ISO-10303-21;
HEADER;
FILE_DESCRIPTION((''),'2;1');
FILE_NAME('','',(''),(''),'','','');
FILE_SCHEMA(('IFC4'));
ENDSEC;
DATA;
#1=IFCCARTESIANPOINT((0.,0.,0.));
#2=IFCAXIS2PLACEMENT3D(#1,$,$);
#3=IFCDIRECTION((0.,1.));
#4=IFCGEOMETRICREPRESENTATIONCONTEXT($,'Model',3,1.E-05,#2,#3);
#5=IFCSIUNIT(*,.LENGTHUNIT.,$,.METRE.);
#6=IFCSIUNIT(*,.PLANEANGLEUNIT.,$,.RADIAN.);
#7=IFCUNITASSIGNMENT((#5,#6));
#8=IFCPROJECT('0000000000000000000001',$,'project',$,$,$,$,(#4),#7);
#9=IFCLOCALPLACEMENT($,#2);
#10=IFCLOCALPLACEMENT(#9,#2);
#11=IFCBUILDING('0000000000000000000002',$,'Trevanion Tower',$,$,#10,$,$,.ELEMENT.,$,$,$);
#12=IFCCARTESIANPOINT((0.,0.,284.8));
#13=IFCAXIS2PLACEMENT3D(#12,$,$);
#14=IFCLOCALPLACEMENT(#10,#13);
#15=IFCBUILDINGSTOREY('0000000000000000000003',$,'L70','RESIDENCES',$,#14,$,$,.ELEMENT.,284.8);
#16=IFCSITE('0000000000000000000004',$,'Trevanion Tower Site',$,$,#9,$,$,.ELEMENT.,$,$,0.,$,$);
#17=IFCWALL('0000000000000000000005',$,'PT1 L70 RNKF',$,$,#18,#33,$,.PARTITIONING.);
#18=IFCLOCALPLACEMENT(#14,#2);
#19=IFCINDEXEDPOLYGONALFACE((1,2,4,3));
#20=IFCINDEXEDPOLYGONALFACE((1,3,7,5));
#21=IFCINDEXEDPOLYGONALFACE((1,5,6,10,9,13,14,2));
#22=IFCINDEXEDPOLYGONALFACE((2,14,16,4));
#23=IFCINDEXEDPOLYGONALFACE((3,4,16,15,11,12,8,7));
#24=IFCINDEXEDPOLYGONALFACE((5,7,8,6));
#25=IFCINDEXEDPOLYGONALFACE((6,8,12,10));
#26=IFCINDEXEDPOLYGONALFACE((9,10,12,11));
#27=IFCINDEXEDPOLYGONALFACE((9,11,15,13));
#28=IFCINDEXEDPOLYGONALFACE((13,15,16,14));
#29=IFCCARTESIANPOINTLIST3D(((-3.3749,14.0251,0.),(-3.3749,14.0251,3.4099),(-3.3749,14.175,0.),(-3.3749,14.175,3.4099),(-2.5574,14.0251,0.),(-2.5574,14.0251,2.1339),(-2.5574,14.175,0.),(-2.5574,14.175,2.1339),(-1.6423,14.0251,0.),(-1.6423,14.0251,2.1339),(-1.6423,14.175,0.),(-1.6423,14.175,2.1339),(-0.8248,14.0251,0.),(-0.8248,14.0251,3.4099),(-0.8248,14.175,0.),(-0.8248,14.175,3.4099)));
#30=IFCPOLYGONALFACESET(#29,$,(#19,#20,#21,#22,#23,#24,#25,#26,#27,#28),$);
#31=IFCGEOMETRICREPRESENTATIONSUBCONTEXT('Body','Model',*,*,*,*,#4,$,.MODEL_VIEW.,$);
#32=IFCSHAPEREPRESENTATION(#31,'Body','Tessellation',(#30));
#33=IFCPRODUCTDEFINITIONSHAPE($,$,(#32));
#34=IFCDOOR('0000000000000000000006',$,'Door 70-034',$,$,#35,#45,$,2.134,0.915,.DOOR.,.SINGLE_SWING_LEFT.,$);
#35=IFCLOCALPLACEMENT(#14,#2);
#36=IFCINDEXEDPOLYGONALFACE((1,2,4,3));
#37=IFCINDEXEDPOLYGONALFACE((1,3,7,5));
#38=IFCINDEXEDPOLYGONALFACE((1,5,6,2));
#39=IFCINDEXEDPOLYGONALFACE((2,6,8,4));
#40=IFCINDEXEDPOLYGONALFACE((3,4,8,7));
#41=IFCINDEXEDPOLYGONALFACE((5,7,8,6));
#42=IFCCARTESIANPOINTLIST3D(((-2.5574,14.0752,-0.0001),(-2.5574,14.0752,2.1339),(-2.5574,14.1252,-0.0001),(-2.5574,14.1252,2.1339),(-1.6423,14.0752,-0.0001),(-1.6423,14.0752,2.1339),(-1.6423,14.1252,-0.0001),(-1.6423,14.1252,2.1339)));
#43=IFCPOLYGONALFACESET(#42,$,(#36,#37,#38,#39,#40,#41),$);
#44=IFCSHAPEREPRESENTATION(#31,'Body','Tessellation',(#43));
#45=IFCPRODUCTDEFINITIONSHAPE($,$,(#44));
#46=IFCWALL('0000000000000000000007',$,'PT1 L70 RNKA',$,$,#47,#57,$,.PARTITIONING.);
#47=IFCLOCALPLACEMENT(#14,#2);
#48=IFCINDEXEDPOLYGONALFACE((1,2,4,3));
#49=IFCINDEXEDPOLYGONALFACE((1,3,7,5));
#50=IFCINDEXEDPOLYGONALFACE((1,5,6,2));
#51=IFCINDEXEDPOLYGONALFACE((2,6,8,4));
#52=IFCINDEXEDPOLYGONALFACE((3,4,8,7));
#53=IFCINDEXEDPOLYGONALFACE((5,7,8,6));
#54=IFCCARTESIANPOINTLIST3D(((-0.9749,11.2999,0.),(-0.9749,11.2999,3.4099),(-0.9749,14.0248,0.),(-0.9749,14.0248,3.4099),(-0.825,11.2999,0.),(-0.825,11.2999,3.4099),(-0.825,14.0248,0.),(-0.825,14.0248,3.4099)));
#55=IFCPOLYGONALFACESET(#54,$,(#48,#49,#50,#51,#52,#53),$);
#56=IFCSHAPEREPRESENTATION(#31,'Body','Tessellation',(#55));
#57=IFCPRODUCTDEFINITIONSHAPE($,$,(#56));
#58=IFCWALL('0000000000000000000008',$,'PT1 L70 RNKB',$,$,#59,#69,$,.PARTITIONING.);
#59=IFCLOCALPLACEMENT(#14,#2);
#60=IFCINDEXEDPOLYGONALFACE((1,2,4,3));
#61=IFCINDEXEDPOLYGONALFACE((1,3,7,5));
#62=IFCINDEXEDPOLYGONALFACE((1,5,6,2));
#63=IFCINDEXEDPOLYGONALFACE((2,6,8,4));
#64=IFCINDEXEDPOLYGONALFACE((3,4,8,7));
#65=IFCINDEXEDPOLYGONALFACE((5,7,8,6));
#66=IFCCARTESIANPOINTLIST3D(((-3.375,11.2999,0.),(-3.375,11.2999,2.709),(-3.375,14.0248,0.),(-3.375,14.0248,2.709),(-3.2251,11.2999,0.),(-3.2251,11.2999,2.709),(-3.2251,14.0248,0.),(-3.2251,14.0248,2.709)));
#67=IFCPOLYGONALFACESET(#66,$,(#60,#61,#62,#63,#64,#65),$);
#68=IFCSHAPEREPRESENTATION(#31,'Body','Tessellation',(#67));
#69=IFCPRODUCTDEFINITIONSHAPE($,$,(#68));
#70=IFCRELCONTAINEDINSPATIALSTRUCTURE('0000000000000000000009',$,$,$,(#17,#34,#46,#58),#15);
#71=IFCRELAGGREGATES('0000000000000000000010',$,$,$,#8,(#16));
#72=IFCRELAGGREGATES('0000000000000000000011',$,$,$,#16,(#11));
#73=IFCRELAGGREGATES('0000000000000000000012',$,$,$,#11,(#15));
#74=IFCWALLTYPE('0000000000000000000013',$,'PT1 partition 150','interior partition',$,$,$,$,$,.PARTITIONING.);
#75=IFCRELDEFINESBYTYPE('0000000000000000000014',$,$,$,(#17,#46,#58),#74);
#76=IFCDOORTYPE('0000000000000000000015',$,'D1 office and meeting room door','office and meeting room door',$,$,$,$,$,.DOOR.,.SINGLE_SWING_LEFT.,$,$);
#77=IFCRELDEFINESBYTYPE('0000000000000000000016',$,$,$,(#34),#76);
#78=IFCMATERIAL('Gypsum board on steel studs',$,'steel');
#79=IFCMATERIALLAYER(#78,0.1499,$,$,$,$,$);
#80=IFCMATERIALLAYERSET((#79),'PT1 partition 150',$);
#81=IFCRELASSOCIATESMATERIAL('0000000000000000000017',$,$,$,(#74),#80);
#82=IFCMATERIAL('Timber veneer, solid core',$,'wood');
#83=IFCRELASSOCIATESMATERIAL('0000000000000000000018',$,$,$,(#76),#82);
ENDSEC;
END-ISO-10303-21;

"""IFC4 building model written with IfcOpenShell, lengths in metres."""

from ifc_helpers import new_model, si_unit, direction, frame, frame_2d, origin, place, context, subcontext, project, spatial, rectangle, extrude, material, layer, layer_set, type_object, element, fill, save


model = new_model("IFC4")

# Units and contexts
model_context = context("Model", 3, precision=1e-05, world=origin(), true_north=direction((0.0, 1.0)))
body_context = subcontext(model_context, "Body", "Model", "MODEL_VIEW")
ifc_project = project(units=[si_unit("LENGTHUNIT", "METRE"), si_unit("PLANEANGLEUNIT", "RADIAN")], contexts=[model_context])

# Site, building, storey
site_placement = place(None, origin())
site = spatial("IfcSite", under=ifc_project, at=site_placement, Name="Trevanion Tower Site", CompositionType="ELEMENT", RefElevation=0.0)
building_placement = place(site_placement, origin())
building = spatial("IfcBuilding", under=site, at=building_placement, Name="Trevanion Tower", CompositionType="ELEMENT")
storey_placement = place(building_placement, frame((0.0, 0.0, 284.8)))
storey = spatial("IfcBuildingStorey", under=building, at=storey_placement, Name="L70", Description="RESIDENCES", CompositionType="ELEMENT", Elevation=284.8)

# Wall, opening, door
ifc_material_1 = material(Name="Gypsum board on steel studs", Category="steel")
ifc_layer_1 = layer(ifc_material_1, 0.1499)
ifc_layer_set_1 = layer_set([ifc_layer_1], Name="PT1 partition 150")
wall_type_1 = type_object("IfcWallType", Name="PT1 partition 150", Description="interior partition", PredefinedType="PARTITIONING", material=ifc_layer_set_1)
wall_1_placement = place(storey_placement, frame((-0.825, 14.1001, 0.0), z_axis=(0.0, 0.0, 1.0), x_axis=(-1.0, 0.0, 0.0)))
wall_1 = element("IfcWall", 1, at=wall_1_placement, inside=storey, type_object=wall_type_1, Name="PT1 L70 RNKF", PredefinedType="PARTITIONING", context=body_context, shape_type="SweptSolid", body=[
    extrude(rectangle(XDim=2.55, YDim=0.1499, at=frame_2d((1.2749, 0.0))), origin(), (0.0, 0.0, 1.0), 3.4099),
])
opening_placement = place(wall_1_placement, frame((0.8174, 0.0, 0.0)))
opening = element("IfcOpeningElement", 2, at=opening_placement, cuts=wall_1, PredefinedType="OPENING", context=body_context, shape_type="SweptSolid", body=[
    extrude(rectangle(XDim=0.915, YDim=2.134, at=frame_2d((0.4575, 1.0669))), frame((0.0, 0.085, 0.0), z_axis=(0.0, -1.0, 0.0), x_axis=(1.0, 0.0, 0.0)), (0.0, 0.0, 1.0), 0.1699),
])
ifc_material_2 = material(Name="Timber veneer, solid core", Category="wood")
door_type = type_object("IfcDoorType", Name="D1 office and meeting room door", Description="office and meeting room door", OperationType="SINGLE_SWING_LEFT", PredefinedType="DOOR", material=ifc_material_2)
door_placement = place(opening_placement, origin())
door = element("IfcDoor", 3, at=door_placement, inside=storey, type_object=door_type, Name="Door 70-034", OperationType="SINGLE_SWING_LEFT", OverallHeight=2.134, OverallWidth=0.915, PredefinedType="DOOR", context=body_context, shape_type="SweptSolid", body=[
    extrude(rectangle(XDim=0.915, YDim=2.134, at=frame_2d((0.4575, 1.0669))), frame((0.0, 0.0249, 0.0), z_axis=(0.0, -1.0, 0.0), x_axis=(1.0, 0.0, 0.0)), (0.0, 0.0, 1.0), 0.05),
])
fill(opening, door)

# Walls
wall_2_placement = place(storey_placement, frame((-0.8999, 11.3, 0.0), z_axis=(0.0, 0.0, 1.0), x_axis=(0.0, 1.0, 0.0)))
element("IfcWall", 4, at=wall_2_placement, inside=storey, type_object=wall_type_1, Name="PT1 L70 RNKA", PredefinedType="PARTITIONING", context=body_context, shape_type="SweptSolid", body=[
    extrude(rectangle(XDim=2.7249, YDim=0.1499, at=frame_2d((1.3623, 0.0))), origin(), (0.0, 0.0, 1.0), 3.4099),
])
wall_3_placement = place(storey_placement, frame((-3.3, 11.3, 0.0), z_axis=(0.0, 0.0, 1.0), x_axis=(0.0, 1.0, 0.0)))
element("IfcWall", 5, at=wall_3_placement, inside=storey, type_object=wall_type_1, Name="PT1 L70 RNKB", PredefinedType="PARTITIONING", context=body_context, shape_type="SweptSolid", body=[
    extrude(rectangle(XDim=2.7249, YDim=0.1499, at=frame_2d((1.3623, 0.0))), origin(), (0.0, 0.0, 1.0), 2.709),
])

save(model, "model.ifc")
